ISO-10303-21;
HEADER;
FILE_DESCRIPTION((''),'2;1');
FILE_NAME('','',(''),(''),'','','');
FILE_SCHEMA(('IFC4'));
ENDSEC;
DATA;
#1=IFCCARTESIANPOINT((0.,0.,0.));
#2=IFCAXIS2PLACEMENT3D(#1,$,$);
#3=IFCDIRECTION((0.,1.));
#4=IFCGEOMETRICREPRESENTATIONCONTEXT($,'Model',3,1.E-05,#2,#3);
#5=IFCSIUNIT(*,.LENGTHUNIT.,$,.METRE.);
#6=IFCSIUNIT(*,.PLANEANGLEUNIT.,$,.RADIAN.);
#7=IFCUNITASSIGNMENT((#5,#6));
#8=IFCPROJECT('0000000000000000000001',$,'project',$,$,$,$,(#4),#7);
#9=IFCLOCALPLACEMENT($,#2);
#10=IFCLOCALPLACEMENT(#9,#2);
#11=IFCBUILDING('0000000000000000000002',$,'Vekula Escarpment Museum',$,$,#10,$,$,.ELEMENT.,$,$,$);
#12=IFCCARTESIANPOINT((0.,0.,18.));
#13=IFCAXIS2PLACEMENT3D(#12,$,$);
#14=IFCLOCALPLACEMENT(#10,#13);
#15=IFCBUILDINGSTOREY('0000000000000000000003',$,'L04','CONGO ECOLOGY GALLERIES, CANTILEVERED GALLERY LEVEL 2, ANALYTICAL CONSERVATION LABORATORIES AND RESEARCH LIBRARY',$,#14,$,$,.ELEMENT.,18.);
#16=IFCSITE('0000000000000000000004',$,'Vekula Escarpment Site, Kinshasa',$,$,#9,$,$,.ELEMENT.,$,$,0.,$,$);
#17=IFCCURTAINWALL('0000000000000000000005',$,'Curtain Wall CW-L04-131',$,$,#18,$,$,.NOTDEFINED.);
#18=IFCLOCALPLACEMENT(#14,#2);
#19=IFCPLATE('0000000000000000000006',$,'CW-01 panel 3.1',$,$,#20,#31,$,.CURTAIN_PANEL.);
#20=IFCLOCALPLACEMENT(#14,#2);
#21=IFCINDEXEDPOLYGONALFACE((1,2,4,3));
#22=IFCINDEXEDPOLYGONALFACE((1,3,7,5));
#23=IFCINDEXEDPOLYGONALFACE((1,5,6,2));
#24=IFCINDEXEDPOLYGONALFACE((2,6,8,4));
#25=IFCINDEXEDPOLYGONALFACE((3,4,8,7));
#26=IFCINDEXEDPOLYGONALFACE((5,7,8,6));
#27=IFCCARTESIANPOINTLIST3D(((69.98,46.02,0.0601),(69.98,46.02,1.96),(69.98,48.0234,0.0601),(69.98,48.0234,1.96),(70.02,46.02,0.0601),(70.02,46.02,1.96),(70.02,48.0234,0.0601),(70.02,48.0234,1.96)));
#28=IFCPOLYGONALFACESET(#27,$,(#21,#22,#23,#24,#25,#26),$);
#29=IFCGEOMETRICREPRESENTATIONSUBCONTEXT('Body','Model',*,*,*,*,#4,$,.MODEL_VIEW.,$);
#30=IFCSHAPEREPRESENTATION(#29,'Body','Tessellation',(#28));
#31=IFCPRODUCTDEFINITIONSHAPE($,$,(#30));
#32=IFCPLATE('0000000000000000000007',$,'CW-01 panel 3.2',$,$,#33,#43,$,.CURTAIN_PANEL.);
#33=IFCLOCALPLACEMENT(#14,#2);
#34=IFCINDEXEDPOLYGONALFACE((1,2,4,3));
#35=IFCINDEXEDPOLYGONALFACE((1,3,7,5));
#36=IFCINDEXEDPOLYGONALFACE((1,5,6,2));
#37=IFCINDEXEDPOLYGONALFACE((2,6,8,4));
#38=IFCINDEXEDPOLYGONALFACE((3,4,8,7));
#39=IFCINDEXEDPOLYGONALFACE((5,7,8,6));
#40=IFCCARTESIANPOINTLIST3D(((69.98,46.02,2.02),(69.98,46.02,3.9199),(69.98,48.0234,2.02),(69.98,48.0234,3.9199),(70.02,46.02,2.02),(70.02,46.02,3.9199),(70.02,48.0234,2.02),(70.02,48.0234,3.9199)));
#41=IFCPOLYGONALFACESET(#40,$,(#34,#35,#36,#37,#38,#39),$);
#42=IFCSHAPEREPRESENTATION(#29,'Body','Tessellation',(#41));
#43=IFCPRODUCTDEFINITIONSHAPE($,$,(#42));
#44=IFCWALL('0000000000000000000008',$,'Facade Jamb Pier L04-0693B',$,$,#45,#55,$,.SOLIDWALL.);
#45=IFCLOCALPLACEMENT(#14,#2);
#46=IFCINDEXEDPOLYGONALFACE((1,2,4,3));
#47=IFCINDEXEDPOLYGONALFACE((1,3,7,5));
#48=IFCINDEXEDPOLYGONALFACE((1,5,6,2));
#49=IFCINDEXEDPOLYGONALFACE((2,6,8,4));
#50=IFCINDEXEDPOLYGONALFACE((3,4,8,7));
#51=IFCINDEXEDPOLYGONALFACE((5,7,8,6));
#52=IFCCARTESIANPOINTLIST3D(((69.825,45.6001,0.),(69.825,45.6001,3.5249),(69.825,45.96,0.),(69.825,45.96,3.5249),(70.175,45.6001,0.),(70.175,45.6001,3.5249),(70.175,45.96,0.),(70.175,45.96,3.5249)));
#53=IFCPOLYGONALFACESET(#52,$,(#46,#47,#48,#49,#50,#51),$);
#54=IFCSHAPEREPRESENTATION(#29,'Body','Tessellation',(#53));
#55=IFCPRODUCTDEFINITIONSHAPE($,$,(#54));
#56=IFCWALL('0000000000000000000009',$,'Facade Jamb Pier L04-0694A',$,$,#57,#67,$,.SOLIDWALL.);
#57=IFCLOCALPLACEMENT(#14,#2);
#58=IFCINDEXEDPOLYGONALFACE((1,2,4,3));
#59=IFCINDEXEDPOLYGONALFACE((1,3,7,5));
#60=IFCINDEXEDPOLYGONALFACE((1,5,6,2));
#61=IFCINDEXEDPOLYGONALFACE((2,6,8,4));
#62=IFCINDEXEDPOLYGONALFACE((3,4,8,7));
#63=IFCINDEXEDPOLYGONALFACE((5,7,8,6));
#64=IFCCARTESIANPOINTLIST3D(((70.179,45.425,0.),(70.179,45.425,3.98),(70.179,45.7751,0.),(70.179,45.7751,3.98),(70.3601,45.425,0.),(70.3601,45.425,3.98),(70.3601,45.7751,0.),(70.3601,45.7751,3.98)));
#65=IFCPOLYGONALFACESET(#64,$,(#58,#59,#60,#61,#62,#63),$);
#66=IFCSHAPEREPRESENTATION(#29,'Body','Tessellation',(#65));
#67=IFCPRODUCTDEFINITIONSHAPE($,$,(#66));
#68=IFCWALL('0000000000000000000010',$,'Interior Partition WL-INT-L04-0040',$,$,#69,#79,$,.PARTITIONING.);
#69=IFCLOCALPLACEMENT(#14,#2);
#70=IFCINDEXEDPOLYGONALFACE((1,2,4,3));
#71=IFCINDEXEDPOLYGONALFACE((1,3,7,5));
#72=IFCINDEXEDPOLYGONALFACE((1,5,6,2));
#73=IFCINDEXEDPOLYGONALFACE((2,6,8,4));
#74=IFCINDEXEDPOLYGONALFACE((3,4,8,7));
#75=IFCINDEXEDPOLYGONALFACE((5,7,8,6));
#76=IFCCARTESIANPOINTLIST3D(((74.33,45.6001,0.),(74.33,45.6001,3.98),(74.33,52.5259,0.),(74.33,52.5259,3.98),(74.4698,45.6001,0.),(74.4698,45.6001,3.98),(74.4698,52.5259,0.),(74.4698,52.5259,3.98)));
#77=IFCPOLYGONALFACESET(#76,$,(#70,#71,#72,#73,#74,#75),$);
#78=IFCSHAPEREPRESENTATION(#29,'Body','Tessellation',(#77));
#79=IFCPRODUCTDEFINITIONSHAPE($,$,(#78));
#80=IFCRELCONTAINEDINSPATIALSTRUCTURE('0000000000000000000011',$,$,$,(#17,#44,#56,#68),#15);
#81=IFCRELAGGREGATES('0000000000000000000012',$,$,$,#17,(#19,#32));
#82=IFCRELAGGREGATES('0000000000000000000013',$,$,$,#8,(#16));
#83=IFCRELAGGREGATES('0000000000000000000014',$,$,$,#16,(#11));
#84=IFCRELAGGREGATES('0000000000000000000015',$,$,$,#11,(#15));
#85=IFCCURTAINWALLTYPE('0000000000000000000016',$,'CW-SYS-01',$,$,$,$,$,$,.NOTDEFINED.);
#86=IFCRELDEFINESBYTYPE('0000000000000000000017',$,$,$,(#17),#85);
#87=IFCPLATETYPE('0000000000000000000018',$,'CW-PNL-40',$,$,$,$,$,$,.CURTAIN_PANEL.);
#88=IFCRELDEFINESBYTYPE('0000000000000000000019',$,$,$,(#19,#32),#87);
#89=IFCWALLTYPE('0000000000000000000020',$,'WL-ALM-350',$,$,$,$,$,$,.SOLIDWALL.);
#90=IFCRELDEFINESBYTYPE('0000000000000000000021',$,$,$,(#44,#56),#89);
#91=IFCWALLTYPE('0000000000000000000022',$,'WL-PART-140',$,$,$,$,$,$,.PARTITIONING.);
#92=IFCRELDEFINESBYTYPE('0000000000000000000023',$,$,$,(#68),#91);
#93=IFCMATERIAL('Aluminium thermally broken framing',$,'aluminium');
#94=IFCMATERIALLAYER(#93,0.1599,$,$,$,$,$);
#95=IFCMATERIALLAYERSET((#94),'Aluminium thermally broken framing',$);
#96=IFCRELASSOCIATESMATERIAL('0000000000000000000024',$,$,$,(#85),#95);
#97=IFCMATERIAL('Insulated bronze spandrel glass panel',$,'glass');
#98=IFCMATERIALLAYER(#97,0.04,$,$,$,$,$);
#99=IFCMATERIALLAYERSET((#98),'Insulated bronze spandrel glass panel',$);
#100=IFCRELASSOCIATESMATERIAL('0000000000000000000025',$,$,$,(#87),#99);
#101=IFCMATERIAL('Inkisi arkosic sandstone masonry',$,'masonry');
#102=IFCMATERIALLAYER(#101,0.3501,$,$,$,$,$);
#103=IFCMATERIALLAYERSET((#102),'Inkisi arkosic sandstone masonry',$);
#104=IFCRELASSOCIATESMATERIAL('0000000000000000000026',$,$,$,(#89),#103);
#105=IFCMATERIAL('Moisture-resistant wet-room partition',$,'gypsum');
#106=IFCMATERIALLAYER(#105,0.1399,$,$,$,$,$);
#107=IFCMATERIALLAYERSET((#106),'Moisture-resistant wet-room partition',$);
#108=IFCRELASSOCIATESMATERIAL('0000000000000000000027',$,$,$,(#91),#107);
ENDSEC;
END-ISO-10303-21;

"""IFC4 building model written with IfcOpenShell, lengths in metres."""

from ifc_helpers import new_model, si_unit, direction, frame, frame_2d, origin, origin_2d, place, context, subcontext, project, spatial, rectangle, extrude, material, layer, layer_set, type_object, element, aggregate, save


model = new_model("IFC4")

# Units and contexts
model_context = context("Model", 3, precision=1e-05, world=origin(), true_north=direction((0.0, 1.0)))
body_context = subcontext(model_context, "Body", "Model", "MODEL_VIEW")
ifc_project = project(units=[si_unit("LENGTHUNIT", "METRE"), si_unit("PLANEANGLEUNIT", "RADIAN")], contexts=[model_context])

# Site, building, storey
site_placement = place(None, origin())
site = spatial("IfcSite", under=ifc_project, at=site_placement, Name="Vekula Escarpment Site, Kinshasa", CompositionType="ELEMENT", RefElevation=0.0)
building_placement = place(site_placement, origin())
building = spatial("IfcBuilding", under=site, at=building_placement, Name="Vekula Escarpment Museum", CompositionType="ELEMENT")
storey_placement = place(building_placement, frame((0.0, 0.0, 18.0)))
storey = spatial("IfcBuildingStorey", under=building, at=storey_placement, Name="L04", Description="CONGO ECOLOGY GALLERIES, CANTILEVERED GALLERY LEVEL 2, ANALYTICAL CONSERVATION LABORATORIES AND RESEARCH LIBRARY", CompositionType="ELEMENT", Elevation=18.0)

# Curtain wall
ifc_material_1 = material(Name="Aluminium thermally broken framing", Category="aluminium")
ifc_layer_1 = layer(ifc_material_1, 0.1599)
ifc_layer_set_1 = layer_set([ifc_layer_1], Name="Aluminium thermally broken framing")
curtain_wall_type_1 = type_object("IfcCurtainWallType", Name="CW-SYS-01", PredefinedType="NOTDEFINED", material=ifc_layer_set_1)
curtain_wall_1_placement = place(storey_placement, origin())
curtain_wall_1 = element("IfcCurtainWall", 1, at=curtain_wall_1_placement, inside=storey, type_object=curtain_wall_type_1, Name="Curtain Wall CW-L04-131", PredefinedType="NOTDEFINED")

# Plates
ifc_material_2 = material(Name="Insulated bronze spandrel glass panel", Category="glass")
ifc_layer_2 = layer(ifc_material_2, 0.04)
ifc_layer_set_2 = layer_set([ifc_layer_2], Name="Insulated bronze spandrel glass panel")
plate_type_1 = type_object("IfcPlateType", Name="CW-PNL-40", PredefinedType="CURTAIN_PANEL", material=ifc_layer_set_2)
plate_1_placement = place(storey_placement, frame((70.0, 47.0217, 0.0601), z_axis=(0.0, 0.0, 1.0), x_axis=(0.0, -1.0, 0.0)))
plate_1 = element("IfcPlate", 2, at=plate_1_placement, type_object=plate_type_1, Name="CW-01 panel 3.1", PredefinedType="CURTAIN_PANEL", context=body_context, shape_type="SweptSolid", body=[
    extrude(rectangle(XDim=2.0034, YDim=0.04, at=origin_2d()), origin(), (0.0, 0.0, 1.0), 1.8999),
])
plate_2_placement = place(storey_placement, frame((70.0, 47.0217, 2.02), z_axis=(0.0, 0.0, 1.0), x_axis=(0.0, -1.0, 0.0)))
plate_2 = element("IfcPlate", 3, at=plate_2_placement, type_object=plate_type_1, Name="CW-01 panel 3.2", PredefinedType="CURTAIN_PANEL", context=body_context, shape_type="SweptSolid", body=[
    extrude(rectangle(XDim=2.0034, YDim=0.04, at=origin_2d()), origin(), (0.0, 0.0, 1.0), 1.8999),
])
aggregate(curtain_wall_1, [plate_1, plate_2])

# Walls
ifc_material_3 = material(Name="Inkisi arkosic sandstone masonry", Category="masonry")
ifc_layer_3 = layer(ifc_material_3, 0.3501)
ifc_layer_set_3 = layer_set([ifc_layer_3], Name="Inkisi arkosic sandstone masonry")
wall_type_1 = type_object("IfcWallType", Name="WL-ALM-350", PredefinedType="SOLIDWALL", material=ifc_layer_set_3)
wall_1_placement = place(storey_placement, frame((70.0, 45.96, 0.0), z_axis=(0.0, 0.0, 1.0), x_axis=(0.0, -1.0, 0.0)))
element("IfcWall", 4, at=wall_1_placement, inside=storey, type_object=wall_type_1, Name="Facade Jamb Pier L04-0693B", PredefinedType="SOLIDWALL", context=body_context, shape_type="SweptSolid", body=[
    extrude(rectangle(XDim=0.3599, YDim=0.3501, at=frame_2d((0.1799, 0.0))), origin(), (0.0, 0.0, 1.0), 3.5249),
])
wall_2_placement = place(storey_placement, frame((70.179, 45.6001, 0.0), z_axis=(0.0, 0.0, 1.0), x_axis=(1.0, 0.0, 0.0)))
element("IfcWall", 5, at=wall_2_placement, inside=storey, type_object=wall_type_1, Name="Facade Jamb Pier L04-0694A", PredefinedType="SOLIDWALL", context=body_context, shape_type="SweptSolid", body=[
    extrude(rectangle(XDim=0.1812, YDim=0.3501, at=frame_2d((0.0906, 0.0))), origin(), (0.0, 0.0, 1.0), 3.98),
])
ifc_material_4 = material(Name="Moisture-resistant wet-room partition", Category="gypsum")
ifc_layer_4 = layer(ifc_material_4, 0.1399)
ifc_layer_set_4 = layer_set([ifc_layer_4], Name="Moisture-resistant wet-room partition")
wall_type_2 = type_object("IfcWallType", Name="WL-PART-140", PredefinedType="PARTITIONING", material=ifc_layer_set_4)
wall_3_placement = place(storey_placement, frame((74.3999, 45.6001, 0.0), z_axis=(0.0, 0.0, 1.0), x_axis=(0.0, 1.0, 0.0)))
element("IfcWall", 6, at=wall_3_placement, inside=storey, type_object=wall_type_2, Name="Interior Partition WL-INT-L04-0040", PredefinedType="PARTITIONING", context=body_context, shape_type="SweptSolid", body=[
    extrude(rectangle(XDim=6.9258, YDim=0.1399, at=frame_2d((3.4629, 0.0))), origin(), (0.0, 0.0, 1.0), 3.98),
])

save(model, "model.ifc")
